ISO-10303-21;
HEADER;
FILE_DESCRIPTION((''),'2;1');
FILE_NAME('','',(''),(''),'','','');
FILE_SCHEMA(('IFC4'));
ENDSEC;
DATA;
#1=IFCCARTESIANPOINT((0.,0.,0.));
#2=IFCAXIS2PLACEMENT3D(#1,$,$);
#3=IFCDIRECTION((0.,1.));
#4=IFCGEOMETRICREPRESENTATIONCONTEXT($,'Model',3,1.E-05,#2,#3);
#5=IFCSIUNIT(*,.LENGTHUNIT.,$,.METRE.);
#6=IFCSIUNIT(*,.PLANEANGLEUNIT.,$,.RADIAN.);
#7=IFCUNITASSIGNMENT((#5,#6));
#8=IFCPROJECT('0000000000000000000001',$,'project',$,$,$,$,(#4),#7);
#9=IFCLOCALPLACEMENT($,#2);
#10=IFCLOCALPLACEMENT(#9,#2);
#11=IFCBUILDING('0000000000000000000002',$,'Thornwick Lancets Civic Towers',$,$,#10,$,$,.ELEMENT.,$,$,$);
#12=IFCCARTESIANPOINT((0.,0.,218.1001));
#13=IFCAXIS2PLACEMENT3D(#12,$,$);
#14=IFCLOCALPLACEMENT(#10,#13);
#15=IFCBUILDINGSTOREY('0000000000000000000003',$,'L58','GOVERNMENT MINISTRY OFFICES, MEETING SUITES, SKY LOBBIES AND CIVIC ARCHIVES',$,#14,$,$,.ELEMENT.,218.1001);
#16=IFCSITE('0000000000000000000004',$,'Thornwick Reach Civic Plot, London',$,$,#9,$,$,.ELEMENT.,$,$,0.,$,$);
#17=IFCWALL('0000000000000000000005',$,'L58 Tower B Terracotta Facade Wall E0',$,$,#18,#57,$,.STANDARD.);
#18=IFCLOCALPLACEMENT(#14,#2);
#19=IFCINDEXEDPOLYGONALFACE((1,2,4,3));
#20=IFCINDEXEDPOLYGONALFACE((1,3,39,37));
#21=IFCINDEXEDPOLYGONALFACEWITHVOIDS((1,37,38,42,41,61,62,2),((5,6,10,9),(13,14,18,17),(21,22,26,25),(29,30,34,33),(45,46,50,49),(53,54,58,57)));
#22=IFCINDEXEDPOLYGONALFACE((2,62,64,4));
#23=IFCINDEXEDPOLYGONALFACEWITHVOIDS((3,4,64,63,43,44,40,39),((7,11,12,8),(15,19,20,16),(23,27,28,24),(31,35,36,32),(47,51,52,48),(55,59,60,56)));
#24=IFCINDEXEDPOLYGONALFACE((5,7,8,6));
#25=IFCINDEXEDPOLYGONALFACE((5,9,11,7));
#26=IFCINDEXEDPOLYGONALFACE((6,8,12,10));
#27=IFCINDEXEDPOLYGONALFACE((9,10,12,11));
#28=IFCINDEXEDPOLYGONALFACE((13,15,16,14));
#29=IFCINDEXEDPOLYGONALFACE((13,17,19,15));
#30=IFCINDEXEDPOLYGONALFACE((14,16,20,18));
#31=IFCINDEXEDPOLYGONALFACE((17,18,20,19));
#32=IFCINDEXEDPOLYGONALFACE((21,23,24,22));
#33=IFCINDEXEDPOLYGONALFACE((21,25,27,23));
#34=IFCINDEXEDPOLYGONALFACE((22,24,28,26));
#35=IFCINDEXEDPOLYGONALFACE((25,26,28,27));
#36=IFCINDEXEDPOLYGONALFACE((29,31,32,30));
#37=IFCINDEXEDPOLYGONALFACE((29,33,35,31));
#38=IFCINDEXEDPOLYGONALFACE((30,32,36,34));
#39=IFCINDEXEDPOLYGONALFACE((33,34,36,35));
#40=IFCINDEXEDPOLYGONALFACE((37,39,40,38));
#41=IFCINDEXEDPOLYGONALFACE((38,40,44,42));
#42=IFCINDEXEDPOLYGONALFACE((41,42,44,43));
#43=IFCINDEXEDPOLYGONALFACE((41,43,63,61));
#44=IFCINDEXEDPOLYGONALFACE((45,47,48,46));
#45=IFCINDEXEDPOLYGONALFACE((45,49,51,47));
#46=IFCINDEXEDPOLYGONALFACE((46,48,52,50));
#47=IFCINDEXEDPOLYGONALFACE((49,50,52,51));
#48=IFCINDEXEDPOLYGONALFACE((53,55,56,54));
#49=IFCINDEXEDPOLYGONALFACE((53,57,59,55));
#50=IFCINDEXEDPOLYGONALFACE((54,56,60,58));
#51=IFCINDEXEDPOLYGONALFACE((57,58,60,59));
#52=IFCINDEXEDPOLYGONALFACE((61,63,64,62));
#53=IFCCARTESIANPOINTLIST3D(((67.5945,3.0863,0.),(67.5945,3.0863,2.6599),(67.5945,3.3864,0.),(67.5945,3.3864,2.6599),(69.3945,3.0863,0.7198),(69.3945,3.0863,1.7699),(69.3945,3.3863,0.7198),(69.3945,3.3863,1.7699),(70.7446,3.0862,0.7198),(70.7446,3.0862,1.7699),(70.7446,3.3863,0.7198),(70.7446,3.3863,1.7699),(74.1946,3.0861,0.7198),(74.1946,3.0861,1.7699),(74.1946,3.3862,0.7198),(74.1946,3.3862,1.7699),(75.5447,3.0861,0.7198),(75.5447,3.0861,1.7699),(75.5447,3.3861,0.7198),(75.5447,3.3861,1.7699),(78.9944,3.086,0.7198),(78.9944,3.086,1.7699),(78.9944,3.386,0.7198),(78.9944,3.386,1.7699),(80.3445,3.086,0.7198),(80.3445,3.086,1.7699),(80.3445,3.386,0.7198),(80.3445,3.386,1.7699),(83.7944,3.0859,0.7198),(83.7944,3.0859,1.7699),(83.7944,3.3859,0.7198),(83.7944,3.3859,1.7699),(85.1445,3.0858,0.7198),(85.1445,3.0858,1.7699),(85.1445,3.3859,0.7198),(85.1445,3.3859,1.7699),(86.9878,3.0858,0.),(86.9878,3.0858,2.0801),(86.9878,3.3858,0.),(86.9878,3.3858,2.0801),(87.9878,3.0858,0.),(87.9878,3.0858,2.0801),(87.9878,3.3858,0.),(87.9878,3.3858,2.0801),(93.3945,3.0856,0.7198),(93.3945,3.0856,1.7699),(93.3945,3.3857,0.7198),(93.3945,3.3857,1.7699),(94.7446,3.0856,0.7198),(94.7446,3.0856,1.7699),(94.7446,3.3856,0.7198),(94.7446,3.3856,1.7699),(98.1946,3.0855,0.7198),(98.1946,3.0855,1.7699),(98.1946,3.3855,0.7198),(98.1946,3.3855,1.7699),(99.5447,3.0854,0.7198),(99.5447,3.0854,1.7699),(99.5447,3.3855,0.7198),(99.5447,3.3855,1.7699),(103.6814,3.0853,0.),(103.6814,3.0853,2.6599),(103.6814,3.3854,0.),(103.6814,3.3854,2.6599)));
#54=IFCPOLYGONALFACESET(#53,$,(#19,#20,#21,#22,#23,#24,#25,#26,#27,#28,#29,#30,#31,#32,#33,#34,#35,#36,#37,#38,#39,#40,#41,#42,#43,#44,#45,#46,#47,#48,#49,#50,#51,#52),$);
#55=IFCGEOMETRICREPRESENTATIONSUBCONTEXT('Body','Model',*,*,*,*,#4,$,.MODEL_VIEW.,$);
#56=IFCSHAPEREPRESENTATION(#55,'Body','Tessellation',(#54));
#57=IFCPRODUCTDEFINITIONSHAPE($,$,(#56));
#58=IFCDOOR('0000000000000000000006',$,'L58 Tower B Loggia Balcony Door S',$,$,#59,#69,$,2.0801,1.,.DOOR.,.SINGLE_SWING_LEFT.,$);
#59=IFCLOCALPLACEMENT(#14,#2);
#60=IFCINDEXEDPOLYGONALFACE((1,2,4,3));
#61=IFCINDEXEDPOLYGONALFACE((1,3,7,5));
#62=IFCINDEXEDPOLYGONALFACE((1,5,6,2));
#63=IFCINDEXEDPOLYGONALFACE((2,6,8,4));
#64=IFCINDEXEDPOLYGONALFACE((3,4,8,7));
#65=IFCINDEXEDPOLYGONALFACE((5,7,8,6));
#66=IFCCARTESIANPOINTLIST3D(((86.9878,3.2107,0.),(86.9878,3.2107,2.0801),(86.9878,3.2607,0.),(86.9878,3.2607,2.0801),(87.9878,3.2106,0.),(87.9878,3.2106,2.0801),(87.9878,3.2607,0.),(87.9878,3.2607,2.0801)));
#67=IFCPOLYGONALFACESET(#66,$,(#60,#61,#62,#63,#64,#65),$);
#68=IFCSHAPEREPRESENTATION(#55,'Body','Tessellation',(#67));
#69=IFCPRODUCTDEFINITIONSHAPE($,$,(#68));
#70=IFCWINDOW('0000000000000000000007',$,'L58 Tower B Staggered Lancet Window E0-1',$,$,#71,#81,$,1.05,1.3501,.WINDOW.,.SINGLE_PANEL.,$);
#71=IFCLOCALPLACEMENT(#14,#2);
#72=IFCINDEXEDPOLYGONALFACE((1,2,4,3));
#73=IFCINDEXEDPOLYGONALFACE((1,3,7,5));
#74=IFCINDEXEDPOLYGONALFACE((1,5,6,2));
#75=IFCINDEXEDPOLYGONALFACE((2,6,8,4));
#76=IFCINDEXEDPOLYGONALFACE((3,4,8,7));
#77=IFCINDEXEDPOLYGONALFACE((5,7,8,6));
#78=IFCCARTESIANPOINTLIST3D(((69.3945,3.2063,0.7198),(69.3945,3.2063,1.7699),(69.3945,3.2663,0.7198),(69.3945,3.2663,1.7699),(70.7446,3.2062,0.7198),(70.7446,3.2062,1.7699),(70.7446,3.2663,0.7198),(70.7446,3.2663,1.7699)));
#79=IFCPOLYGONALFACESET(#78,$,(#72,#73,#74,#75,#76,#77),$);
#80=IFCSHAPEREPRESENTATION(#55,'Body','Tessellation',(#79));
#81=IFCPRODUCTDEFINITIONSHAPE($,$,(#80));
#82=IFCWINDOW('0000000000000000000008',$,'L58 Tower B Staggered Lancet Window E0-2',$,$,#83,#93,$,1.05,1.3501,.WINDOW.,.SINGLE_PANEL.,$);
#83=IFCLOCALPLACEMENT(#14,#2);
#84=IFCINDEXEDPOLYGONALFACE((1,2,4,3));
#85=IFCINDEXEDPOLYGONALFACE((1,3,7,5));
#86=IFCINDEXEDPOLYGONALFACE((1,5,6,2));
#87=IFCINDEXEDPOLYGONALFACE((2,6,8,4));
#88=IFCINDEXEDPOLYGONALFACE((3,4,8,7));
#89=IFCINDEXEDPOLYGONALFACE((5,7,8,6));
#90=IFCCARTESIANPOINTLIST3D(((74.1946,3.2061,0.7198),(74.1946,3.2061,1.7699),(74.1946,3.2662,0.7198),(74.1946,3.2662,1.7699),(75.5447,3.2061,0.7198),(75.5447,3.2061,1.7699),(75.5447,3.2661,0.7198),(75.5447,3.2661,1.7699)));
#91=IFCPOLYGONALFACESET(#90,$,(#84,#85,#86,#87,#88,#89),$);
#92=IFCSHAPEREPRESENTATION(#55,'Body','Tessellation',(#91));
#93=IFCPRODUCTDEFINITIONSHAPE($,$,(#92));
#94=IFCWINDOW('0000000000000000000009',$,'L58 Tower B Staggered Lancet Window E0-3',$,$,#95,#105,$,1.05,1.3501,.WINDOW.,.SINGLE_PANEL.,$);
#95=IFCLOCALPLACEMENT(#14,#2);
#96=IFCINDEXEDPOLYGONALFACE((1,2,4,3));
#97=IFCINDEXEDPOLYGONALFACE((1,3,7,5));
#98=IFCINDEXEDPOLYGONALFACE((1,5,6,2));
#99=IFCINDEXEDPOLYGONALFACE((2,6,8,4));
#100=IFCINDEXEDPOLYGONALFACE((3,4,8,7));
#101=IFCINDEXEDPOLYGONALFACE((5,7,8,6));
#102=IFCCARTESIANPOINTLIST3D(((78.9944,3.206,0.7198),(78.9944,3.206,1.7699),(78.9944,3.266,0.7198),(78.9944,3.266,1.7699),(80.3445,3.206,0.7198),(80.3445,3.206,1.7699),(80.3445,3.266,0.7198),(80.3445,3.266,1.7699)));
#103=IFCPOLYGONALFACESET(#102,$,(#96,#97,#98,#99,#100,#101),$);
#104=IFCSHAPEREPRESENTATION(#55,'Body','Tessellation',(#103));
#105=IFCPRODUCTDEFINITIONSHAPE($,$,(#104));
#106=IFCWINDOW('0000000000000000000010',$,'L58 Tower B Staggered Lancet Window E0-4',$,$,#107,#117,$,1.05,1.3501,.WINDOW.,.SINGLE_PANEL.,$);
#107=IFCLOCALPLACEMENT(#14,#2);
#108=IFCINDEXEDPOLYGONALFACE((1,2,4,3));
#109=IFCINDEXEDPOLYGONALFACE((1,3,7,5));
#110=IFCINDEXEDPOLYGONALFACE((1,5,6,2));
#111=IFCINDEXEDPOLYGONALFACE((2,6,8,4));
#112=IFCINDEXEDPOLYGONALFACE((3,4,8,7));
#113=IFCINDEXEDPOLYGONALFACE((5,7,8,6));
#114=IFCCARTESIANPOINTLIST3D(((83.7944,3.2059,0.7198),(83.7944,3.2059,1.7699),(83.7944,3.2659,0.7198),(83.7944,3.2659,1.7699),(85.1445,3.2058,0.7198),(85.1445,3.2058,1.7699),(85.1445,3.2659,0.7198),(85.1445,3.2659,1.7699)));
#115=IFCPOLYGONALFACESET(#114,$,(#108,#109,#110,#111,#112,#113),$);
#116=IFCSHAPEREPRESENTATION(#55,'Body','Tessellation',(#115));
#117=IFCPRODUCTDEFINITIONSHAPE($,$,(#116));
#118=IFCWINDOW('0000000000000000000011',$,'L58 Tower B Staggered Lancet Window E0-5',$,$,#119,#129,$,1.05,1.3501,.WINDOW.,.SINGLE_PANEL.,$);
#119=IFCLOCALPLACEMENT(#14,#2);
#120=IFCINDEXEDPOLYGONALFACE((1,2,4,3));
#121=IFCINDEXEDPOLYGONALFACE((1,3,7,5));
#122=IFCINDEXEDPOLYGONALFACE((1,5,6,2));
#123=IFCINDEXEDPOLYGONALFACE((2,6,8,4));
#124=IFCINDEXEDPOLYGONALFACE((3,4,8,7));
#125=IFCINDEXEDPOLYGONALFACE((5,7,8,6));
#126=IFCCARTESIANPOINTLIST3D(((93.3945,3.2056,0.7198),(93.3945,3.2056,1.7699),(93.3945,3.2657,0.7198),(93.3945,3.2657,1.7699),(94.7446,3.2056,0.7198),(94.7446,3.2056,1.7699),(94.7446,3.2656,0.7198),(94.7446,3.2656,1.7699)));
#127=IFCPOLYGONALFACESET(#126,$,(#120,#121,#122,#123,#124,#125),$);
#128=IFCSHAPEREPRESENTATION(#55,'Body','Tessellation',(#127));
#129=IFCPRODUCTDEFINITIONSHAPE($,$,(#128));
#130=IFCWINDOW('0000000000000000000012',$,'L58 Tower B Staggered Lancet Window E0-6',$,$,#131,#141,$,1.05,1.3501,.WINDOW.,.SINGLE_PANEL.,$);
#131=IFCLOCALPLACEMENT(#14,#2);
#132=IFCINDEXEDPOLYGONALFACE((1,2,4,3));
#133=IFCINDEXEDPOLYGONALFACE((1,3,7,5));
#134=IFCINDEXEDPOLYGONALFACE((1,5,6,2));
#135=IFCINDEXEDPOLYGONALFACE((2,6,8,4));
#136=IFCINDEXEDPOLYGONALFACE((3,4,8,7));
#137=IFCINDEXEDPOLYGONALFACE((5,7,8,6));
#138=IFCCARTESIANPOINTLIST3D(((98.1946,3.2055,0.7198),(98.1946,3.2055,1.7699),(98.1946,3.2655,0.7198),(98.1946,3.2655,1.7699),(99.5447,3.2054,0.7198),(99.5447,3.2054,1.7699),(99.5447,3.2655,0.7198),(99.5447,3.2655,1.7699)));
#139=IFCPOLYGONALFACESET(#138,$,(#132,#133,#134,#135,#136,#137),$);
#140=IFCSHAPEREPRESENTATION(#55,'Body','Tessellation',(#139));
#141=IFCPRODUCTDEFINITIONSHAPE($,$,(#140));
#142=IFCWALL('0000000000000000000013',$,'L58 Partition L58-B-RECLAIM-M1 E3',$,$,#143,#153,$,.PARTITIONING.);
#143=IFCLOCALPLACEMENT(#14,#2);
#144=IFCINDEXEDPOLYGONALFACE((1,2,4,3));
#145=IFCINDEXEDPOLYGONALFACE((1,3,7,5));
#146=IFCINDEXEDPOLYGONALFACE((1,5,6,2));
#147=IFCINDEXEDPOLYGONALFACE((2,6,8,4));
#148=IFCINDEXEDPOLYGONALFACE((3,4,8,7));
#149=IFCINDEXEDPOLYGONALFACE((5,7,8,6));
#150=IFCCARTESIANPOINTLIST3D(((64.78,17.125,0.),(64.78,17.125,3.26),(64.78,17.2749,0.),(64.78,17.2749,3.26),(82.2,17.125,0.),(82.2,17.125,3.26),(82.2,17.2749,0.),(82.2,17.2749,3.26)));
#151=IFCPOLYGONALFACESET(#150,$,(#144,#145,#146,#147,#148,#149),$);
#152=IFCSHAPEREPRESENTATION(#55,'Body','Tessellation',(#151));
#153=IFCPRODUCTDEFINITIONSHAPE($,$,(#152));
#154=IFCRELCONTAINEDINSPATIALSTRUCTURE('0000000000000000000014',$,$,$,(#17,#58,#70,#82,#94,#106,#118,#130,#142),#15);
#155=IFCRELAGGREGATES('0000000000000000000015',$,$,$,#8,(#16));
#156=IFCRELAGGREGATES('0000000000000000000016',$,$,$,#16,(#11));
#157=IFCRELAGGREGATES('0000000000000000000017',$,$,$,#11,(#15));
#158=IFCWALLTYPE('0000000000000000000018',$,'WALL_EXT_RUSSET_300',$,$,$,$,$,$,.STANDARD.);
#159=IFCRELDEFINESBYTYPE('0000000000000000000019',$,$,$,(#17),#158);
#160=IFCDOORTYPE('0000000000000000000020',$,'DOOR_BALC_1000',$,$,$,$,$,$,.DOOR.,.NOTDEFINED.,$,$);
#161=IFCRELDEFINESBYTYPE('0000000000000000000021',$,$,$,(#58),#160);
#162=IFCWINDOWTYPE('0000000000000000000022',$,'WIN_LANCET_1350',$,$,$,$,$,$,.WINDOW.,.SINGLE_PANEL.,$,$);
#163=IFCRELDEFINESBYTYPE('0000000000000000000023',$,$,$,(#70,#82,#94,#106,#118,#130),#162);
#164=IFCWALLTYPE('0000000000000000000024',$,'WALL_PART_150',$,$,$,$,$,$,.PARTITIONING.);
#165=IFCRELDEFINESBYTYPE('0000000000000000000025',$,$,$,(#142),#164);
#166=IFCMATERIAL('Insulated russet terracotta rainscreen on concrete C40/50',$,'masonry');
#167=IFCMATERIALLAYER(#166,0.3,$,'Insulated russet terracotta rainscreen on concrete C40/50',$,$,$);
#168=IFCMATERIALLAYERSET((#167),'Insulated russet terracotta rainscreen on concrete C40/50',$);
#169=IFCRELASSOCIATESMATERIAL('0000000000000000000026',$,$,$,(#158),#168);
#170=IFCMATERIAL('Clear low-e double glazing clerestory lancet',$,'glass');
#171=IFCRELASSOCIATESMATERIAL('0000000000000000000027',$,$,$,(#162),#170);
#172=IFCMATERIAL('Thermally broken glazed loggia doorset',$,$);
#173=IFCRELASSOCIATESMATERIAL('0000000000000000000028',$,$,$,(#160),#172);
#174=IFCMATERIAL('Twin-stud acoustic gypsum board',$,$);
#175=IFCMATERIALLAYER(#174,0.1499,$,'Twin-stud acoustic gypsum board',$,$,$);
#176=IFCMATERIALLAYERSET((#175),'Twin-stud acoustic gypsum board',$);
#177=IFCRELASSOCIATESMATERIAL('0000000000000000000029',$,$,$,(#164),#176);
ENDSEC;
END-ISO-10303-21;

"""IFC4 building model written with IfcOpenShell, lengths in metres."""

from ifc_helpers import new_model, si_unit, direction, frame, frame_2d, origin, place, context, subcontext, project, spatial, rectangle, extrude, material, layer, layer_set, type_object, element, fill, save


model = new_model("IFC4")

# Units and contexts
model_context = context("Model", 3, precision=1e-05, world=origin(), true_north=direction((0.0, 1.0)))
body_context = subcontext(model_context, "Body", "Model", "MODEL_VIEW")
ifc_project = project(units=[si_unit("LENGTHUNIT", "METRE"), si_unit("PLANEANGLEUNIT", "RADIAN")], contexts=[model_context])

# Site, building, storey
site_placement = place(None, origin())
site = spatial("IfcSite", under=ifc_project, at=site_placement, Name="Thornwick Reach Civic Plot, London", CompositionType="ELEMENT", RefElevation=0.0)
building_placement = place(site_placement, origin())
building = spatial("IfcBuilding", under=site, at=building_placement, Name="Thornwick Lancets Civic Towers", CompositionType="ELEMENT")
storey_placement = place(building_placement, frame((0.0, 0.0, 218.1001)))
storey = spatial("IfcBuildingStorey", under=building, at=storey_placement, Name="L58", Description="GOVERNMENT MINISTRY OFFICES, MEETING SUITES, SKY LOBBIES AND CIVIC ARCHIVES", CompositionType="ELEMENT", Elevation=218.1001)

# Shared definitions
ifc_material_1 = material(Name="Insulated russet terracotta rainscreen on concrete C40/50", Category="masonry")
ifc_layer_1 = layer(ifc_material_1, 0.3, Name="Insulated russet terracotta rainscreen on concrete C40/50")
ifc_layer_set_1 = layer_set([ifc_layer_1], Name="Insulated russet terracotta rainscreen on concrete C40/50")
wall_type_1 = type_object("IfcWallType", Name="WALL_EXT_RUSSET_300", PredefinedType="STANDARD", material=ifc_layer_set_1)
ifc_material_2 = material(Name="Clear low-e double glazing clerestory lancet", Category="glass")
window_type = type_object("IfcWindowType", Name="WIN_LANCET_1350", PartitioningType="SINGLE_PANEL", PredefinedType="WINDOW", material=ifc_material_2)

# Wall, openings, door, windows
wall_1_placement = place(storey_placement, frame((67.5945, 3.2363, 0.0), z_axis=(0.0, 0.0, 1.0), x_axis=(1.0, -0.000027, 0.0)))
wall_1 = element("IfcWall", 1, at=wall_1_placement, inside=storey, type_object=wall_type_1, Name="L58 Tower B Terracotta Facade Wall E0", PredefinedType="STANDARD", context=body_context, shape_type="SweptSolid", body=[
    extrude(rectangle(XDim=36.0869, YDim=0.3, at=frame_2d((18.0435, 0.0))), origin(), (0.0, 0.0, 1.0), 2.6599),
])
opening_1_placement = place(wall_1_placement, frame((19.3933, 0.0, 0.0)))
opening_1 = element("IfcOpeningElement", 2, at=opening_1_placement, cuts=wall_1, PredefinedType="OPENING", context=body_context, shape_type="SweptSolid", body=[
    extrude(rectangle(XDim=1.0, YDim=2.0801, at=frame_2d((0.5, 1.04))), frame((0.0, 0.1602, 0.0), z_axis=(0.0, -1.0, 0.0), x_axis=(1.0, 0.0, 0.0)), (0.0, 0.0, 1.0), 0.3201),
])
opening_2_placement = place(wall_1_placement, frame((1.8, 0.0, 0.72)))
opening_2 = element("IfcOpeningElement", 3, at=opening_2_placement, cuts=wall_1, PredefinedType="OPENING", context=body_context, shape_type="SweptSolid", body=[
    extrude(rectangle(XDim=1.3501, YDim=1.05, at=frame_2d((0.675, 0.5249))), frame((0.0, 0.1602, 0.0), z_axis=(0.0, -1.0, 0.0), x_axis=(1.0, 0.0, 0.0)), (0.0, 0.0, 1.0), 0.3201),
])
opening_3_placement = place(wall_1_placement, frame((6.6001, 0.0, 0.72)))
opening_3 = element("IfcOpeningElement", 4, at=opening_3_placement, cuts=wall_1, PredefinedType="OPENING", context=body_context, shape_type="SweptSolid", body=[
    extrude(rectangle(XDim=1.3501, YDim=1.05, at=frame_2d((0.675, 0.5249))), frame((0.0, 0.1602, 0.0), z_axis=(0.0, -1.0, 0.0), x_axis=(1.0, 0.0, 0.0)), (0.0, 0.0, 1.0), 0.3201),
])
opening_4_placement = place(wall_1_placement, frame((11.3999, 0.0, 0.72)))
opening_4 = element("IfcOpeningElement", 5, at=opening_4_placement, cuts=wall_1, PredefinedType="OPENING", context=body_context, shape_type="SweptSolid", body=[
    extrude(rectangle(XDim=1.3501, YDim=1.05, at=frame_2d((0.675, 0.5249))), frame((0.0, 0.1602, 0.0), z_axis=(0.0, -1.0, 0.0), x_axis=(1.0, 0.0, 0.0)), (0.0, 0.0, 1.0), 0.3201),
])
opening_5_placement = place(wall_1_placement, frame((16.2, 0.0, 0.72)))
opening_5 = element("IfcOpeningElement", 6, at=opening_5_placement, cuts=wall_1, PredefinedType="OPENING", context=body_context, shape_type="SweptSolid", body=[
    extrude(rectangle(XDim=1.3501, YDim=1.05, at=frame_2d((0.675, 0.5249))), frame((0.0, 0.1602, 0.0), z_axis=(0.0, -1.0, 0.0), x_axis=(1.0, 0.0, 0.0)), (0.0, 0.0, 1.0), 0.3201),
])
opening_6_placement = place(wall_1_placement, frame((25.8, 0.0, 0.72)))
opening_6 = element("IfcOpeningElement", 7, at=opening_6_placement, cuts=wall_1, PredefinedType="OPENING", context=body_context, shape_type="SweptSolid", body=[
    extrude(rectangle(XDim=1.3501, YDim=1.05, at=frame_2d((0.675, 0.5249))), frame((0.0, 0.1602, 0.0), z_axis=(0.0, -1.0, 0.0), x_axis=(1.0, 0.0, 0.0)), (0.0, 0.0, 1.0), 0.3201),
])
opening_7_placement = place(wall_1_placement, frame((30.6001, 0.0, 0.72)))
opening_7 = element("IfcOpeningElement", 8, at=opening_7_placement, cuts=wall_1, PredefinedType="OPENING", context=body_context, shape_type="SweptSolid", body=[
    extrude(rectangle(XDim=1.3501, YDim=1.05, at=frame_2d((0.675, 0.5249))), frame((0.0, 0.1602, 0.0), z_axis=(0.0, -1.0, 0.0), x_axis=(1.0, 0.0, 0.0)), (0.0, 0.0, 1.0), 0.3201),
])
ifc_material_3 = material(Name="Thermally broken glazed loggia doorset")
door_type = type_object("IfcDoorType", Name="DOOR_BALC_1000", OperationType="NOTDEFINED", PredefinedType="DOOR", material=ifc_material_3)
door_placement = place(opening_1_placement, origin())
door = element("IfcDoor", 9, at=door_placement, inside=storey, type_object=door_type, Name="L58 Tower B Loggia Balcony Door S", OperationType="SINGLE_SWING_LEFT", OverallHeight=2.0801, OverallWidth=1.0, PredefinedType="DOOR", context=body_context, shape_type="SweptSolid", body=[
    extrude(rectangle(XDim=1.0, YDim=2.0801, at=frame_2d((0.5, 1.04))), frame((0.0, 0.0249, 0.0), z_axis=(0.0, -1.0, 0.0), x_axis=(1.0, 0.0, 0.0)), (0.0, 0.0, 1.0), 0.05),
])
fill(opening_1, door)
window_1_placement = place(opening_2_placement, origin())
window_1 = element("IfcWindow", 10, at=window_1_placement, inside=storey, type_object=window_type, Name="L58 Tower B Staggered Lancet Window E0-1", OverallHeight=1.05, OverallWidth=1.3501, PartitioningType="SINGLE_PANEL", PredefinedType="WINDOW", context=body_context, shape_type="SweptSolid", body=[
    extrude(rectangle(XDim=1.3501, YDim=1.05, at=frame_2d((0.675, 0.5249))), frame((0.0, 0.03, 0.0), z_axis=(0.0, -1.0, 0.0), x_axis=(1.0, 0.0, 0.0)), (0.0, 0.0, 1.0), 0.0601),
])
fill(opening_2, window_1)
window_2_placement = place(opening_3_placement, origin())
window_2 = element("IfcWindow", 11, at=window_2_placement, inside=storey, type_object=window_type, Name="L58 Tower B Staggered Lancet Window E0-2", OverallHeight=1.05, OverallWidth=1.3501, PartitioningType="SINGLE_PANEL", PredefinedType="WINDOW", context=body_context, shape_type="SweptSolid", body=[
    extrude(rectangle(XDim=1.3501, YDim=1.05, at=frame_2d((0.675, 0.5249))), frame((0.0, 0.03, 0.0), z_axis=(0.0, -1.0, 0.0), x_axis=(1.0, 0.0, 0.0)), (0.0, 0.0, 1.0), 0.0601),
])
fill(opening_3, window_2)
window_3_placement = place(opening_4_placement, origin())
window_3 = element("IfcWindow", 12, at=window_3_placement, inside=storey, type_object=window_type, Name="L58 Tower B Staggered Lancet Window E0-3", OverallHeight=1.05, OverallWidth=1.3501, PartitioningType="SINGLE_PANEL", PredefinedType="WINDOW", context=body_context, shape_type="SweptSolid", body=[
    extrude(rectangle(XDim=1.3501, YDim=1.05, at=frame_2d((0.675, 0.5249))), frame((0.0, 0.03, 0.0), z_axis=(0.0, -1.0, 0.0), x_axis=(1.0, 0.0, 0.0)), (0.0, 0.0, 1.0), 0.0601),
])
fill(opening_4, window_3)
window_4_placement = place(opening_5_placement, origin())
window_4 = element("IfcWindow", 13, at=window_4_placement, inside=storey, type_object=window_type, Name="L58 Tower B Staggered Lancet Window E0-4", OverallHeight=1.05, OverallWidth=1.3501, PartitioningType="SINGLE_PANEL", PredefinedType="WINDOW", context=body_context, shape_type="SweptSolid", body=[
    extrude(rectangle(XDim=1.3501, YDim=1.05, at=frame_2d((0.675, 0.5249))), frame((0.0, 0.03, 0.0), z_axis=(0.0, -1.0, 0.0), x_axis=(1.0, 0.0, 0.0)), (0.0, 0.0, 1.0), 0.0601),
])
fill(opening_5, window_4)
window_5_placement = place(opening_6_placement, origin())
window_5 = element("IfcWindow", 14, at=window_5_placement, inside=storey, type_object=window_type, Name="L58 Tower B Staggered Lancet Window E0-5", OverallHeight=1.05, OverallWidth=1.3501, PartitioningType="SINGLE_PANEL", PredefinedType="WINDOW", context=body_context, shape_type="SweptSolid", body=[
    extrude(rectangle(XDim=1.3501, YDim=1.05, at=frame_2d((0.675, 0.5249))), frame((0.0, 0.03, 0.0), z_axis=(0.0, -1.0, 0.0), x_axis=(1.0, 0.0, 0.0)), (0.0, 0.0, 1.0), 0.0601),
])
fill(opening_6, window_5)
window_6_placement = place(opening_7_placement, origin())
window_6 = element("IfcWindow", 15, at=window_6_placement, inside=storey, type_object=window_type, Name="L58 Tower B Staggered Lancet Window E0-6", OverallHeight=1.05, OverallWidth=1.3501, PartitioningType="SINGLE_PANEL", PredefinedType="WINDOW", context=body_context, shape_type="SweptSolid", body=[
    extrude(rectangle(XDim=1.3501, YDim=1.05, at=frame_2d((0.675, 0.5249))), frame((0.0, 0.03, 0.0), z_axis=(0.0, -1.0, 0.0), x_axis=(1.0, 0.0, 0.0)), (0.0, 0.0, 1.0), 0.0601),
])
fill(opening_7, window_6)

# Wall
ifc_material_4 = material(Name="Twin-stud acoustic gypsum board")
ifc_layer_2 = layer(ifc_material_4, 0.1499, Name="Twin-stud acoustic gypsum board")
ifc_layer_set_2 = layer_set([ifc_layer_2], Name="Twin-stud acoustic gypsum board")
wall_type_2 = type_object("IfcWallType", Name="WALL_PART_150", PredefinedType="PARTITIONING", material=ifc_layer_set_2)
wall_2_placement = place(storey_placement, frame((64.78, 17.2, 0.0), z_axis=(0.0, 0.0, 1.0), x_axis=(1.0, 0.0, 0.0)))
element("IfcWall", 16, at=wall_2_placement, inside=storey, type_object=wall_type_2, Name="L58 Partition L58-B-RECLAIM-M1 E3", PredefinedType="PARTITIONING", context=body_context, shape_type="SweptSolid", body=[
    extrude(rectangle(XDim=17.4199, YDim=0.1499, at=frame_2d((8.71, 0.0))), origin(), (0.0, 0.0, 1.0), 3.26),
])

save(model, "model.ifc")
